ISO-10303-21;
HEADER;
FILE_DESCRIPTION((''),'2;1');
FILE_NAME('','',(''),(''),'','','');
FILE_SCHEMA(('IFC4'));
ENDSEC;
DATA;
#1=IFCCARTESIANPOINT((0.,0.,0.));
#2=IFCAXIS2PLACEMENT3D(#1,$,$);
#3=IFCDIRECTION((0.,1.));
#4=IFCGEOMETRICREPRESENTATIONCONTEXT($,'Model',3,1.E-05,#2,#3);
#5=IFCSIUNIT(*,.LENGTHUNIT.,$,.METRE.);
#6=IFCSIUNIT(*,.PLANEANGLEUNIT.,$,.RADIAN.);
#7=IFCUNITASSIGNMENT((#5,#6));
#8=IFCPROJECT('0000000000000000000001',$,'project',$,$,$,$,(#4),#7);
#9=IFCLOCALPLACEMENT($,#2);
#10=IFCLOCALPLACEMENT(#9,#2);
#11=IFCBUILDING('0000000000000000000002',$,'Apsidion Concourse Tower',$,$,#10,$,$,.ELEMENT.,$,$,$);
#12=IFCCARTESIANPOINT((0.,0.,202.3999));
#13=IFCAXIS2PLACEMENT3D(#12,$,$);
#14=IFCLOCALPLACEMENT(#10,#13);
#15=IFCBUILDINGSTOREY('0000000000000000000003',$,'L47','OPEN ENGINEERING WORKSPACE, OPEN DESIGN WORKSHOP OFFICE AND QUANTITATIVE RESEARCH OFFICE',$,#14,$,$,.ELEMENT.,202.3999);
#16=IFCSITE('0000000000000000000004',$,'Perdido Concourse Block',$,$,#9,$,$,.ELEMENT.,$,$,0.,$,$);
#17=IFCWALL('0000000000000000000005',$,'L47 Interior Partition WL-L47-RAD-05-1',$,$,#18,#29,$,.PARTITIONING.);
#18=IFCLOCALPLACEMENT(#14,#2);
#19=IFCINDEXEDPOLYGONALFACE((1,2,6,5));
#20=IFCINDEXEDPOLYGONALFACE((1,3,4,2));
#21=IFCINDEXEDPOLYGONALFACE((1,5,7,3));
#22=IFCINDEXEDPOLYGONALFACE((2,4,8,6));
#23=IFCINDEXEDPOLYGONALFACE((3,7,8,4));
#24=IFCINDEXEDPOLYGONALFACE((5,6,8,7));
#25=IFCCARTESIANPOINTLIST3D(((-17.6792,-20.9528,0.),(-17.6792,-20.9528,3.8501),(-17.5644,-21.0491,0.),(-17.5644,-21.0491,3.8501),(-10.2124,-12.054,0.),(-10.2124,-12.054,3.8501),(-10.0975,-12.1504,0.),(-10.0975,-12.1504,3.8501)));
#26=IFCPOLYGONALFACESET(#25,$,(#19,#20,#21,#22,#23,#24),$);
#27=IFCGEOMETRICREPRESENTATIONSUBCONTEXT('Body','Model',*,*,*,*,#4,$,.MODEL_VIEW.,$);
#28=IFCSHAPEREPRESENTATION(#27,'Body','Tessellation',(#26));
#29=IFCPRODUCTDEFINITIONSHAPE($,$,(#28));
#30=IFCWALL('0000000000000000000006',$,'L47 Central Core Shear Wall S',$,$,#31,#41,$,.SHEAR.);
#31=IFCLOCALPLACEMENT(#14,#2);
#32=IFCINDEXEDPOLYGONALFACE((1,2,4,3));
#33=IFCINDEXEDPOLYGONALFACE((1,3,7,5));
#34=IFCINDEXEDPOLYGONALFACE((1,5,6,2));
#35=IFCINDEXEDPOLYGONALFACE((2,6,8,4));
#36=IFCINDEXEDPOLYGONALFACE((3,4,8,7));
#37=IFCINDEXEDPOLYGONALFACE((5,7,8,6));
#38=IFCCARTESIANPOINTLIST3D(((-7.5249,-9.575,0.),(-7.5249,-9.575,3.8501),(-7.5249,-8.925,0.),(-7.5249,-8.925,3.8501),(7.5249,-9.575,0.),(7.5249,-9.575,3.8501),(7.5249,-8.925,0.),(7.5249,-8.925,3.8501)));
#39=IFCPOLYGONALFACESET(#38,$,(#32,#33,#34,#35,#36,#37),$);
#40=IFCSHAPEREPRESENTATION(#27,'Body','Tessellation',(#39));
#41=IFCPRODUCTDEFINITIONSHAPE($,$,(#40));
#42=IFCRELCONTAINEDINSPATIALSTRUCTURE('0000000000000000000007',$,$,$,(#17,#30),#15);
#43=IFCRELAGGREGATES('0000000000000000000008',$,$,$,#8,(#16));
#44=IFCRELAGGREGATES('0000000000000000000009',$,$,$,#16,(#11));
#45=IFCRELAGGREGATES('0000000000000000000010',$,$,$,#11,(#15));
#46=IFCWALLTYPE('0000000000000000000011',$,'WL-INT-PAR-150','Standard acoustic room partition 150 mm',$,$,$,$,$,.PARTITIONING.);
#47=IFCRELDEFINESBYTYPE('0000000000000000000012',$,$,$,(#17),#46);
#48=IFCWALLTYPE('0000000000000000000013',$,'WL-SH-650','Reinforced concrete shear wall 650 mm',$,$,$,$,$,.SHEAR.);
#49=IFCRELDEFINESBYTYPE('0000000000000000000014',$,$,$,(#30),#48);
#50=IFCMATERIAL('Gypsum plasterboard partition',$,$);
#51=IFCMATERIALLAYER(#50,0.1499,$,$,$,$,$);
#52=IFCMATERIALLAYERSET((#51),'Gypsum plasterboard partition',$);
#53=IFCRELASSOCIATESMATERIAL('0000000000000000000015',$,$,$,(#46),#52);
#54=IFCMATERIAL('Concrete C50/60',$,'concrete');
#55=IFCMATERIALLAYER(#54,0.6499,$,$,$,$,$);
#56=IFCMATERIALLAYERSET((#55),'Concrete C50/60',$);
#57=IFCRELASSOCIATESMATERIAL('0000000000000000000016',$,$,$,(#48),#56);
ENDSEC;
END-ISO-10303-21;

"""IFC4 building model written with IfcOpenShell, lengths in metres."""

from ifc_helpers import new_model, si_unit, direction, frame, frame_2d, origin, place, context, subcontext, project, spatial, rectangle, extrude, material, layer, layer_set, type_object, element, save


model = new_model("IFC4")

# Units and contexts
model_context = context("Model", 3, precision=1e-05, world=origin(), true_north=direction((0.0, 1.0)))
body_context = subcontext(model_context, "Body", "Model", "MODEL_VIEW")
ifc_project = project(units=[si_unit("LENGTHUNIT", "METRE"), si_unit("PLANEANGLEUNIT", "RADIAN")], contexts=[model_context])

# Site, building, storey
site_placement = place(None, origin())
site = spatial("IfcSite", under=ifc_project, at=site_placement, Name="Perdido Concourse Block", CompositionType="ELEMENT", RefElevation=0.0)
building_placement = place(site_placement, origin())
building = spatial("IfcBuilding", under=site, at=building_placement, Name="Apsidion Concourse Tower", CompositionType="ELEMENT")
storey_placement = place(building_placement, frame((0.0, 0.0, 202.3999)))
storey = spatial("IfcBuildingStorey", under=building, at=storey_placement, Name="L47", Description="OPEN ENGINEERING WORKSPACE, OPEN DESIGN WORKSHOP OFFICE AND QUANTITATIVE RESEARCH OFFICE", CompositionType="ELEMENT", Elevation=202.3999)

# Shared definitions
ifc_material_1 = material(Name="Concrete C50/60", Category="concrete")

# Shared definitions
ifc_material_2 = material(Name="Gypsum plasterboard partition")
ifc_layer_1 = layer(ifc_material_2, 0.1499)
ifc_layer_set_1 = layer_set([ifc_layer_1], Name="Gypsum plasterboard partition")
wall_type_1 = type_object("IfcWallType", Name="WL-INT-PAR-150", Description="Standard acoustic room partition 150 mm", PredefinedType="PARTITIONING", material=ifc_layer_set_1)

# Wall
wall_1_placement = place(storey_placement, frame((-10.155, -12.1023, 0.0), z_axis=(0.0, 0.0, 1.0), x_axis=(-0.642783, -0.766048, 0.0)))
element("IfcWall", 1, at=wall_1_placement, inside=storey, type_object=wall_type_1, Name="L47 Interior Partition WL-L47-RAD-05-1", PredefinedType="PARTITIONING", context=body_context, shape_type="SweptSolid", body=[
    extrude(rectangle(XDim=11.6165, YDim=0.1499, at=frame_2d((5.8081, 0.0))), origin(), (0.0, 0.0, 1.0), 3.8501),
])

# Shared definitions
ifc_layer_2 = layer(ifc_material_1, 0.6499)
ifc_layer_set_2 = layer_set([ifc_layer_2], Name="Concrete C50/60")
wall_type_2 = type_object("IfcWallType", Name="WL-SH-650", Description="Reinforced concrete shear wall 650 mm", PredefinedType="SHEAR", material=ifc_layer_set_2)

# Wall
wall_2_placement = place(storey_placement, frame((-7.5249, -9.25, 0.0), z_axis=(0.0, 0.0, 1.0), x_axis=(1.0, 0.0, 0.0)))
element("IfcWall", 2, at=wall_2_placement, inside=storey, type_object=wall_type_2, Name="L47 Central Core Shear Wall S", PredefinedType="SHEAR", context=body_context, shape_type="SweptSolid", body=[
    extrude(rectangle(XDim=15.0498, YDim=0.6499, at=frame_2d((7.5249, 0.0))), origin(), (0.0, 0.0, 1.0), 3.8501),
])

save(model, "model.ifc")
